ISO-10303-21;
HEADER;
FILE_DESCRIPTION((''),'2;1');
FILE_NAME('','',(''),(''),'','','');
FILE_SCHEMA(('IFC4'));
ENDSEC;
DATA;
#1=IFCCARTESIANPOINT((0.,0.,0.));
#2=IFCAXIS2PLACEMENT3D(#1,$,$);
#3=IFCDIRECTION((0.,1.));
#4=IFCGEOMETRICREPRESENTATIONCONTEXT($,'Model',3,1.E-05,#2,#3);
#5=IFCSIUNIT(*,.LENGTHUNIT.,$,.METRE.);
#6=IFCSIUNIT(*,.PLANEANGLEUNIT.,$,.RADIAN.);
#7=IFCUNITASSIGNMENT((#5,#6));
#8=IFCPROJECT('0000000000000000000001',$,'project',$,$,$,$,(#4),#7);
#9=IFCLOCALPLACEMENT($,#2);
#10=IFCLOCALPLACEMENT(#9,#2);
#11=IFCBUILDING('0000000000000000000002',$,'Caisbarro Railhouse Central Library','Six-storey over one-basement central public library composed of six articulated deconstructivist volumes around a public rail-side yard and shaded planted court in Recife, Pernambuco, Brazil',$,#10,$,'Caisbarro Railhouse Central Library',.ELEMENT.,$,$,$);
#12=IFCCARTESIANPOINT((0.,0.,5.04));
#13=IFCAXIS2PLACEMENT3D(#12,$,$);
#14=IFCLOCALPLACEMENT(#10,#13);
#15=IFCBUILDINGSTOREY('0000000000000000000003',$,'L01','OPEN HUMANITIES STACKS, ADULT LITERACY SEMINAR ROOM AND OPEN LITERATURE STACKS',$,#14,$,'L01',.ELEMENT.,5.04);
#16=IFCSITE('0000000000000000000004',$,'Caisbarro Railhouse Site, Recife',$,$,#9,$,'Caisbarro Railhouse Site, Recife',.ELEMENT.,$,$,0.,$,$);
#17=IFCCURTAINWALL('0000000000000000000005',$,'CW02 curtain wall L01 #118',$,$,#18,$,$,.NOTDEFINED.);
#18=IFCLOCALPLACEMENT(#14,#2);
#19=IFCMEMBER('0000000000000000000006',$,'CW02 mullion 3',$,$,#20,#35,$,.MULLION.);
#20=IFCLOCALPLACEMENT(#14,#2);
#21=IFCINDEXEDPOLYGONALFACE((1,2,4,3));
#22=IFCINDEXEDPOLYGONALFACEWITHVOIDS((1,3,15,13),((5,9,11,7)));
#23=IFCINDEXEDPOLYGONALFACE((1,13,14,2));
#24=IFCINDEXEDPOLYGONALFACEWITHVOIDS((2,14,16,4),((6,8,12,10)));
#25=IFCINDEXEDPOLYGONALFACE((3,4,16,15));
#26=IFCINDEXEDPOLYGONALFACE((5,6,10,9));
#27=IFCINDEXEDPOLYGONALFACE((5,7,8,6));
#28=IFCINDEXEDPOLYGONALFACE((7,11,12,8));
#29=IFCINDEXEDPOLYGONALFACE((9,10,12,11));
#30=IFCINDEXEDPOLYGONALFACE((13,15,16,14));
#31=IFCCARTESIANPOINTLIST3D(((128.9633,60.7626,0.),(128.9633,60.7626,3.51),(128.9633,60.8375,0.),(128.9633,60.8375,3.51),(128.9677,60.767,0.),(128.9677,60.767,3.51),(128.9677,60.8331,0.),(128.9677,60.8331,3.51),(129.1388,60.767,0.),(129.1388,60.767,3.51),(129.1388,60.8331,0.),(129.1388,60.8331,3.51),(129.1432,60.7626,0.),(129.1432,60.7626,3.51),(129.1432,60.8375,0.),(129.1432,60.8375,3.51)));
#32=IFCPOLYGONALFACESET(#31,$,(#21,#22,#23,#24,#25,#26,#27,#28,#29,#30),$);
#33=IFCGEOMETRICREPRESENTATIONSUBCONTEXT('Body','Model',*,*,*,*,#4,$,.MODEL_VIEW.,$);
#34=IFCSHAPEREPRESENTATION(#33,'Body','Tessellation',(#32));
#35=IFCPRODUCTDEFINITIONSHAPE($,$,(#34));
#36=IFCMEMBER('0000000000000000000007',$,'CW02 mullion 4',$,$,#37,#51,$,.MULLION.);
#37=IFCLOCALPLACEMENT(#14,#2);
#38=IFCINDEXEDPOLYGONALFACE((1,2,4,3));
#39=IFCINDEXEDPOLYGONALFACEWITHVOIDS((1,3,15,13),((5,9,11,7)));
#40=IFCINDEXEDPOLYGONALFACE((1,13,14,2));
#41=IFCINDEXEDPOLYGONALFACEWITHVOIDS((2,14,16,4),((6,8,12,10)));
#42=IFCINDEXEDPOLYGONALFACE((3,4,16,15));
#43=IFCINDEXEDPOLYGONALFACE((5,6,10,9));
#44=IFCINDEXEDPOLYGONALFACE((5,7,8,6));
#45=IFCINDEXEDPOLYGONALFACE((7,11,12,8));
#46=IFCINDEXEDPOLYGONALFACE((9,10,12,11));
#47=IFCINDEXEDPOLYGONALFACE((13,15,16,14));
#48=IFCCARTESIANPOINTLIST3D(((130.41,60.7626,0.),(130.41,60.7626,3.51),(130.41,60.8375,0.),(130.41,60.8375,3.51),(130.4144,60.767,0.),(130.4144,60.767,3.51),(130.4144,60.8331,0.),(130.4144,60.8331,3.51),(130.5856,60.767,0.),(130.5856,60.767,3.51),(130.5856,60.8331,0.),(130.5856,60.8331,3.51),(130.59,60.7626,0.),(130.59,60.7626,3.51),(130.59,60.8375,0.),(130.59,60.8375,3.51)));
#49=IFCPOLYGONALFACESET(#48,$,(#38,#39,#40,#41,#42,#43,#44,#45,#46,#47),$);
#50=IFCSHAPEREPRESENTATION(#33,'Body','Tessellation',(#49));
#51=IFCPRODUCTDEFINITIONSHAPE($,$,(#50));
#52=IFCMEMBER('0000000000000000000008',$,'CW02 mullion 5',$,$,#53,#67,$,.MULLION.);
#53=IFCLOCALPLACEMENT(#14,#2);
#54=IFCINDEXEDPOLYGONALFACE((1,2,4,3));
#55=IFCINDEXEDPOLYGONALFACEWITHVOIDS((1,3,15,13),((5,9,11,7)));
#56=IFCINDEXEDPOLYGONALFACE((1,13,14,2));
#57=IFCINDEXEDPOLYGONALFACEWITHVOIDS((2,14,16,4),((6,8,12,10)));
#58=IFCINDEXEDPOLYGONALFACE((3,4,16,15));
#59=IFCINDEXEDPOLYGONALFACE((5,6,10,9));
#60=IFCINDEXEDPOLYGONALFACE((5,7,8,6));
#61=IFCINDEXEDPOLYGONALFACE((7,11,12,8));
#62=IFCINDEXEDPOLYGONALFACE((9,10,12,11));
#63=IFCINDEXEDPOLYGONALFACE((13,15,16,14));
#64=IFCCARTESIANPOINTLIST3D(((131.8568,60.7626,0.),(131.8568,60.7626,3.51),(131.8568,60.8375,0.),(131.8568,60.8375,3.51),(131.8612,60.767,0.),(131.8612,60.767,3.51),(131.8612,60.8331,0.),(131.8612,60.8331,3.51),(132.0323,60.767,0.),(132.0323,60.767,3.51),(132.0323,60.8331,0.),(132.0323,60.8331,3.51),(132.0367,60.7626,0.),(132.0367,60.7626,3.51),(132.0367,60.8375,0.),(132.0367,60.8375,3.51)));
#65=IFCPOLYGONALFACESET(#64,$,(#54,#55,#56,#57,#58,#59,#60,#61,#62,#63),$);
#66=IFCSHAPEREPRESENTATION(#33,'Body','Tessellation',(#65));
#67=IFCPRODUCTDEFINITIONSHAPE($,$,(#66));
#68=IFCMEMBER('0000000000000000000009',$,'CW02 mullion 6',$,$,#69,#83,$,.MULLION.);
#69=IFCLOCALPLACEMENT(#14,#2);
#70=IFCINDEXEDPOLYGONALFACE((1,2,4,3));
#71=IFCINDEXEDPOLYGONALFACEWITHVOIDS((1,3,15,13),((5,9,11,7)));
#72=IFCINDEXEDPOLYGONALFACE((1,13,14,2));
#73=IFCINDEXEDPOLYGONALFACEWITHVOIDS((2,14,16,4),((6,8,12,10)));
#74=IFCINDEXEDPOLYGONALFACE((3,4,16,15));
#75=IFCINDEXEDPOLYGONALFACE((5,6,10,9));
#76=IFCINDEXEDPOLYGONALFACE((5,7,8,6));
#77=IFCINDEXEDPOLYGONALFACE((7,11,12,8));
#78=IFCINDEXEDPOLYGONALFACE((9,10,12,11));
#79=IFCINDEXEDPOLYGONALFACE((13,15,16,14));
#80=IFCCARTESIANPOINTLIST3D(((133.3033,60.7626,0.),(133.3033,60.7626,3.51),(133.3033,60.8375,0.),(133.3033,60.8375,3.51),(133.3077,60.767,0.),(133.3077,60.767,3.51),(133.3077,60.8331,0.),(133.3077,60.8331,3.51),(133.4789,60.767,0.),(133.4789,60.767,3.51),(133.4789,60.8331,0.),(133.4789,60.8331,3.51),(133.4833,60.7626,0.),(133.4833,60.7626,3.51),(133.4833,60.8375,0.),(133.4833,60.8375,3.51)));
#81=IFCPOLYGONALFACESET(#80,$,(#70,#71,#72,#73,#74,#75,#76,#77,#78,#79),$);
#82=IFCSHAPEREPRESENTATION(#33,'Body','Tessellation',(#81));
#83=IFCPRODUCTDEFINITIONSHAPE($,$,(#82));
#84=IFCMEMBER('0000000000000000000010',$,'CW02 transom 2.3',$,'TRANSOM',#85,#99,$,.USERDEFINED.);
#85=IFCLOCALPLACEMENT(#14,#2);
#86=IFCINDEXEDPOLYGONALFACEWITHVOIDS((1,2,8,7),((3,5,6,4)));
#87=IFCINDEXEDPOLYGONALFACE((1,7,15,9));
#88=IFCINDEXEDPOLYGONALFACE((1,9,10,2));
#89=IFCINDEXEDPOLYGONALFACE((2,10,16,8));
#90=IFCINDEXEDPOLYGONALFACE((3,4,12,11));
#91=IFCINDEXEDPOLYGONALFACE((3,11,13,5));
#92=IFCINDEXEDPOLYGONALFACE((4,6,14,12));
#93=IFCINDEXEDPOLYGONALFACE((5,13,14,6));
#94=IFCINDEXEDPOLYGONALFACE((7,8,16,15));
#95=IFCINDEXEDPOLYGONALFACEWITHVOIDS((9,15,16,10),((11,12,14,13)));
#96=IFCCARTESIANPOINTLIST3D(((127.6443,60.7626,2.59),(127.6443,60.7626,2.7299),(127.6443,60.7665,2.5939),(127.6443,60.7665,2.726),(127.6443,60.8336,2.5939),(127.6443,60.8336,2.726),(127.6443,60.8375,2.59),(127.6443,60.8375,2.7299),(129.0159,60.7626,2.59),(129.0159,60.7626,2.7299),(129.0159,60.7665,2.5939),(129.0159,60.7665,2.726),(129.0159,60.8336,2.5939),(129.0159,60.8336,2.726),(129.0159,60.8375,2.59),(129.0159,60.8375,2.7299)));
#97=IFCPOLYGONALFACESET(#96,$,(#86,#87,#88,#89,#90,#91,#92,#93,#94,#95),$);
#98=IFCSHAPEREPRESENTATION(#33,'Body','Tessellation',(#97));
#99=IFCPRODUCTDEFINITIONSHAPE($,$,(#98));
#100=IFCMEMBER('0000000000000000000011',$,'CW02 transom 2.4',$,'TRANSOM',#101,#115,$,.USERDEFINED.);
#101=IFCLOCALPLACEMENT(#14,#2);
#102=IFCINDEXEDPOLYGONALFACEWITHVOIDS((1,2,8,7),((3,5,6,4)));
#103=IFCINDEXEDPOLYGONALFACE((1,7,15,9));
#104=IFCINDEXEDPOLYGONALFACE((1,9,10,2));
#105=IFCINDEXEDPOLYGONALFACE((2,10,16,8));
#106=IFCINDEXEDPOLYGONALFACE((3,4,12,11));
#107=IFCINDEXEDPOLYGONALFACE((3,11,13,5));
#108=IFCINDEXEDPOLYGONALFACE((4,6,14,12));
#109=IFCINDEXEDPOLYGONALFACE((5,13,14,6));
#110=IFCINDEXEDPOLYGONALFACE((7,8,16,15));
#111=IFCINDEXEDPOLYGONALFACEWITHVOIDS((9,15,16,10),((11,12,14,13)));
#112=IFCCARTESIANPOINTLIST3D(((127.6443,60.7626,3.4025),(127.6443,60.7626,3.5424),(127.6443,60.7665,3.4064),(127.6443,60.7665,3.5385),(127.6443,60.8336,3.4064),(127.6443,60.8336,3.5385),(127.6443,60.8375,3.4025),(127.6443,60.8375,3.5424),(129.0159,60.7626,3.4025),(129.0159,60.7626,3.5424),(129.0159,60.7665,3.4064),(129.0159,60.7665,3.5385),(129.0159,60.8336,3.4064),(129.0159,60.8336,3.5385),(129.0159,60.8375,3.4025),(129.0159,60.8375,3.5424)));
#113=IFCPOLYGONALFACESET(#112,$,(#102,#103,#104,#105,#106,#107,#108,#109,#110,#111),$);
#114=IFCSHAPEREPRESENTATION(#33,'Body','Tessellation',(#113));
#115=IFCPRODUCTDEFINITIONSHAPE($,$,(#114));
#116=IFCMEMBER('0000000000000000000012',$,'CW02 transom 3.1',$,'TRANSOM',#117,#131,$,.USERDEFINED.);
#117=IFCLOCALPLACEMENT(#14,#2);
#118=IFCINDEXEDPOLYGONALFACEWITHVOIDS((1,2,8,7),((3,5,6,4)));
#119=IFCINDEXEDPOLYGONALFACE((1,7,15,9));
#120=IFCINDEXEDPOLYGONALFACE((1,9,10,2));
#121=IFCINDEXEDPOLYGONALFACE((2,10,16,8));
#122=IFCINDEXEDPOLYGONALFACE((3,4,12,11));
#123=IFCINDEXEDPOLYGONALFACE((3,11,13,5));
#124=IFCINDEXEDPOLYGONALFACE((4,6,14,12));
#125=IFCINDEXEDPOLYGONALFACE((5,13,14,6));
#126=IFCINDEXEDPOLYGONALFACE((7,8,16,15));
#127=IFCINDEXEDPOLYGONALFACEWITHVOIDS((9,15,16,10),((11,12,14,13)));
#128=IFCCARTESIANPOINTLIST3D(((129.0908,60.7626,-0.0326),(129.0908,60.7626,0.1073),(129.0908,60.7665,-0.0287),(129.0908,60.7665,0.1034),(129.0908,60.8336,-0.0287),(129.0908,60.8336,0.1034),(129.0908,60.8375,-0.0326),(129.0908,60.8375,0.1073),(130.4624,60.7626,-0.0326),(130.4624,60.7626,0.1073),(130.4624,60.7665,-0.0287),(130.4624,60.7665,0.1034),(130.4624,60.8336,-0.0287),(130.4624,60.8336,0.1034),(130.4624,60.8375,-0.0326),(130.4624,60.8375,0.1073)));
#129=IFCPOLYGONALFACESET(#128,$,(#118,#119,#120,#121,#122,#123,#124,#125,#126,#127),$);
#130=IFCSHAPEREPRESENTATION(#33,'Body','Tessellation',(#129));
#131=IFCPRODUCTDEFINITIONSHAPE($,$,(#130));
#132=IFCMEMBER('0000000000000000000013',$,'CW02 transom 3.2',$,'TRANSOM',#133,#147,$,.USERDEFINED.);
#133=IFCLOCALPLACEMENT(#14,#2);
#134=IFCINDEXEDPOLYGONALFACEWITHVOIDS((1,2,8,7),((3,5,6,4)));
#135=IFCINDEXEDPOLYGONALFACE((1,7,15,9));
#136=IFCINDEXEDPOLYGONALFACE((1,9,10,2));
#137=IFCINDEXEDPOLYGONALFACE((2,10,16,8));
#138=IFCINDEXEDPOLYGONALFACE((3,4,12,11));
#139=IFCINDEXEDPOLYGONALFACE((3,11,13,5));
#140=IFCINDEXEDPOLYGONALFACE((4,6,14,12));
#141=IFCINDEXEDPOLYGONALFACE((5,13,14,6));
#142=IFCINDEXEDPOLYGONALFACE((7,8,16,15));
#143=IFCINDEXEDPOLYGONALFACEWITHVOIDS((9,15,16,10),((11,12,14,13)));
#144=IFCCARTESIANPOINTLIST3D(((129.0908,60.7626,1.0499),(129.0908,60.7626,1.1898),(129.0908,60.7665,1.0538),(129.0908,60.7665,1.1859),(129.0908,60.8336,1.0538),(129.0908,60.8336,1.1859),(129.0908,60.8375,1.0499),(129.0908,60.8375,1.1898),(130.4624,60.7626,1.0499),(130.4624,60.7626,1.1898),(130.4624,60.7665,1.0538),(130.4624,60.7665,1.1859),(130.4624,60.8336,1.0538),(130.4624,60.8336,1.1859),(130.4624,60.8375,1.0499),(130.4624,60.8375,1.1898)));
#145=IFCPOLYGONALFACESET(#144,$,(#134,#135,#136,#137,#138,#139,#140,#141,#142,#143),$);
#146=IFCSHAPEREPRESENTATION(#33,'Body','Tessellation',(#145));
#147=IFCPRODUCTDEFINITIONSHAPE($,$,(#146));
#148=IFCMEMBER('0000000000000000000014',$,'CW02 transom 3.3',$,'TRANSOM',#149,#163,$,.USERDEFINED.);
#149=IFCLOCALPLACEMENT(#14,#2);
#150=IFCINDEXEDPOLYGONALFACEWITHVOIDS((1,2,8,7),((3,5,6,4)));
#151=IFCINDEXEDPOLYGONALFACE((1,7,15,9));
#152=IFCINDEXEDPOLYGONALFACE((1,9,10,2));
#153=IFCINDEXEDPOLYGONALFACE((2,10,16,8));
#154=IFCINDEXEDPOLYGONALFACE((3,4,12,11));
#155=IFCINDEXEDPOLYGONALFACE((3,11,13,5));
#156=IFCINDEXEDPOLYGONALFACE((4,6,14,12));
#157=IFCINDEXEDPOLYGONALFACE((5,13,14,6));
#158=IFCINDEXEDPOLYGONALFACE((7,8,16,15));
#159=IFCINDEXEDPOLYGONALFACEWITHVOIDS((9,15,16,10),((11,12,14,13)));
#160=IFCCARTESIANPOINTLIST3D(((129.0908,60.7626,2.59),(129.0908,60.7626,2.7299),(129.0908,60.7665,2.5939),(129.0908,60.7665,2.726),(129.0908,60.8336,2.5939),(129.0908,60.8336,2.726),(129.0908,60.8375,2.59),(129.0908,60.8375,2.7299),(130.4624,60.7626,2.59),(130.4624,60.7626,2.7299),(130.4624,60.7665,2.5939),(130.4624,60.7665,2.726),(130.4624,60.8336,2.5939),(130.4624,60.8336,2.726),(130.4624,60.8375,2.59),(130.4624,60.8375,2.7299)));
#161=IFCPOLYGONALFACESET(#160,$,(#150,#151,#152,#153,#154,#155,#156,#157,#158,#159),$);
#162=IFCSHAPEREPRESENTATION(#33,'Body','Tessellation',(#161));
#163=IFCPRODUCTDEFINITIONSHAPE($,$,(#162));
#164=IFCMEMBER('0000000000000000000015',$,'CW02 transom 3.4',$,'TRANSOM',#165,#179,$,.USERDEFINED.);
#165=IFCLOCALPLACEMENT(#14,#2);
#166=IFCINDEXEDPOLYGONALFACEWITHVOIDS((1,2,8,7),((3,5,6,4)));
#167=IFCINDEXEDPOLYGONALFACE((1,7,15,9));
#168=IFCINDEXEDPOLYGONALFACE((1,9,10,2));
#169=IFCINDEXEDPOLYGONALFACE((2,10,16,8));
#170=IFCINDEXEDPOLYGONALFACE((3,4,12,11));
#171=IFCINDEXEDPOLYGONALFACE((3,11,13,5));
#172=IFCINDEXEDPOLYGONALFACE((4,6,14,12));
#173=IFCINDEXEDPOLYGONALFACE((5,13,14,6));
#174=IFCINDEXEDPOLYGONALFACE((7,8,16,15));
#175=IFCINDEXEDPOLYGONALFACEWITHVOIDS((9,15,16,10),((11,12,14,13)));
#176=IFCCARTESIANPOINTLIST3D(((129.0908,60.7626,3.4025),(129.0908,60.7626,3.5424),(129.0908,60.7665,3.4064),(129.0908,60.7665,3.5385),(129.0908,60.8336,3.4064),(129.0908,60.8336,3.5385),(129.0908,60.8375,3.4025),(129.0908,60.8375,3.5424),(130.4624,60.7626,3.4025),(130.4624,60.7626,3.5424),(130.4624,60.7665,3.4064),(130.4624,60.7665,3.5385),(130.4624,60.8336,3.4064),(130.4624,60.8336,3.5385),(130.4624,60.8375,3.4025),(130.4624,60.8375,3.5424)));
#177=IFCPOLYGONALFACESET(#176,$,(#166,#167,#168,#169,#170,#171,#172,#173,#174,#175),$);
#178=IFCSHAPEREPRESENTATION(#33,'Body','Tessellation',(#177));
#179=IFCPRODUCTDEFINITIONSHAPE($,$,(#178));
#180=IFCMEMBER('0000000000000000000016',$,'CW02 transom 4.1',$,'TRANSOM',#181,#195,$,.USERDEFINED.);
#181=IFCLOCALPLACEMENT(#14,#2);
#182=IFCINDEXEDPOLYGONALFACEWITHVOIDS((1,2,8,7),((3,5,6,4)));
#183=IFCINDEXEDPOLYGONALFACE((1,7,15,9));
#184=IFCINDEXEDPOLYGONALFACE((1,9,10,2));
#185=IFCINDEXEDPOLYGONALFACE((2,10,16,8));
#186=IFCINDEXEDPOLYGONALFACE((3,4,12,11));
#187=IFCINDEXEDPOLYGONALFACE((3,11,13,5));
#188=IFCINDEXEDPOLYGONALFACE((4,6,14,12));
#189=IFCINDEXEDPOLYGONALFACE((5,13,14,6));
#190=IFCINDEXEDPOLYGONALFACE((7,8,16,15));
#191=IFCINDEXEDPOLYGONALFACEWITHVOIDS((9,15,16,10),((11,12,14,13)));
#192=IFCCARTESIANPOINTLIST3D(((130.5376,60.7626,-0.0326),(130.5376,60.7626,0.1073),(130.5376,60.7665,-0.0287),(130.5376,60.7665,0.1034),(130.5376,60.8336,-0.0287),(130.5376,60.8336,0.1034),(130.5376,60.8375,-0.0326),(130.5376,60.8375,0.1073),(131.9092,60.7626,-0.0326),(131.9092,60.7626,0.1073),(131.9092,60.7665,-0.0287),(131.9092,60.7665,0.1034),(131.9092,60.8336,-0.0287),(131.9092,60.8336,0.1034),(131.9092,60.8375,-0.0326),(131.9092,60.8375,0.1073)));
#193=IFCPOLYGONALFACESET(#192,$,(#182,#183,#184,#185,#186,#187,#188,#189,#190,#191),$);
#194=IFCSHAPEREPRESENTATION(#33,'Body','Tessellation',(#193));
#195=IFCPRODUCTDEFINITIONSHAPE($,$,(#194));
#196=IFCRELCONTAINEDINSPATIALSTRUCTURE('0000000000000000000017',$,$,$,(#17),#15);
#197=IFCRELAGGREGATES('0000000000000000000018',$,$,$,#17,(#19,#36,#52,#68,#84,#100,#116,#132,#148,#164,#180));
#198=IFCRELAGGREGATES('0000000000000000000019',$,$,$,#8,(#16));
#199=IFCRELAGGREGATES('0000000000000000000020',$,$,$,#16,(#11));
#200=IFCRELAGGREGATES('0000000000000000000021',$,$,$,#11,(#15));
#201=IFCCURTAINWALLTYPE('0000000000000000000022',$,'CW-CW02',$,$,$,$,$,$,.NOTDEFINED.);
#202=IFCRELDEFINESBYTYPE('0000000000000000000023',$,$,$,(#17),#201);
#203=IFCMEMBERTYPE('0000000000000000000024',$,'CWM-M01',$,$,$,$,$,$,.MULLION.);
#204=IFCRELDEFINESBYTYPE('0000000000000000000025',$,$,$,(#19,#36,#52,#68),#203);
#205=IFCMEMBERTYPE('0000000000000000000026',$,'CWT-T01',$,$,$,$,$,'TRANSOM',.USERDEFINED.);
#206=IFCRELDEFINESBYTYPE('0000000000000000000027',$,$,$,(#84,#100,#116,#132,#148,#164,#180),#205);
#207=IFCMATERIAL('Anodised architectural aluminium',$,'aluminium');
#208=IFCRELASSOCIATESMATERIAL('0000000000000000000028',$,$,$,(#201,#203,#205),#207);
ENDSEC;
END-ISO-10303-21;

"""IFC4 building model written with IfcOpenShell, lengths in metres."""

from ifc_helpers import new_model, si_unit, direction, frame, origin, origin_2d, place, context, subcontext, project, spatial, hollow_rectangle, extrude, material, material_profile, profile_set, type_object, element, aggregate, save


model = new_model("IFC4")

# Units and contexts
model_context = context("Model", 3, precision=1e-05, world=origin(), true_north=direction((0.0, 1.0)))
body_context = subcontext(model_context, "Body", "Model", "MODEL_VIEW")
ifc_project = project(units=[si_unit("LENGTHUNIT", "METRE"), si_unit("PLANEANGLEUNIT", "RADIAN")], contexts=[model_context])

# Site, building, storey
site_placement = place(None, origin())
site = spatial("IfcSite", under=ifc_project, at=site_placement, Name="Caisbarro Railhouse Site, Recife", LongName="Caisbarro Railhouse Site, Recife", CompositionType="ELEMENT", RefElevation=0.0)
building_placement = place(site_placement, origin())
building = spatial("IfcBuilding", under=site, at=building_placement, Name="Caisbarro Railhouse Central Library", Description="Six-storey over one-basement central public library composed of six articulated deconstructivist volumes around a public rail-side yard and shaded planted court in Recife, Pernambuco, Brazil", LongName="Caisbarro Railhouse Central Library", CompositionType="ELEMENT")
storey_placement = place(building_placement, frame((0.0, 0.0, 5.04)))
storey = spatial("IfcBuildingStorey", under=building, at=storey_placement, Name="L01", Description="OPEN HUMANITIES STACKS, ADULT LITERACY SEMINAR ROOM AND OPEN LITERATURE STACKS", LongName="L01", CompositionType="ELEMENT", Elevation=5.04)

# Curtain wall, members
ifc_material_1 = material(Name="Anodised architectural aluminium", Category="aluminium")
curtain_wall_type = type_object("IfcCurtainWallType", Name="CW-CW02", PredefinedType="NOTDEFINED", material=ifc_material_1)
curtain_wall_placement = place(storey_placement, origin())
curtain_wall = element("IfcCurtainWall", 1, at=curtain_wall_placement, inside=storey, type_object=curtain_wall_type, Name="CW02 curtain wall L01 #118", PredefinedType="NOTDEFINED")
ifc_material_profile_1 = material_profile(ifc_material_1, hollow_rectangle(XDim=0.075, YDim=0.1799, WallThickness=0.0044, at=origin_2d()), Name="ALU-MUL-75X180")
ifc_profile_set_1 = profile_set([ifc_material_profile_1], Name="Anodised architectural aluminium")
member_type_1 = type_object("IfcMemberType", Name="CWM-M01", PredefinedType="MULLION", material=ifc_profile_set_1)
member_1_placement = place(storey_placement, frame((129.0532, 60.8, 0.0), z_axis=(0.0, 0.0, 1.0), x_axis=(0.0, 1.0, 0.0)))
member_1 = element("IfcMember", 2, at=member_1_placement, type_object=member_type_1, Name="CW02 mullion 3", PredefinedType="MULLION", context=body_context, shape_type="SweptSolid", body=[
    extrude(hollow_rectangle(XDim=0.075, YDim=0.1799, WallThickness=0.0044, at=origin_2d()), origin(), (0.0, 0.0, 1.0), 3.51),
])
member_2_placement = place(storey_placement, frame((130.5, 60.8, 0.0), z_axis=(0.0, 0.0, 1.0), x_axis=(0.0, 1.0, 0.0)))
member_2 = element("IfcMember", 3, at=member_2_placement, type_object=member_type_1, Name="CW02 mullion 4", PredefinedType="MULLION", context=body_context, shape_type="SweptSolid", body=[
    extrude(hollow_rectangle(XDim=0.075, YDim=0.1799, WallThickness=0.0044, at=origin_2d()), origin(), (0.0, 0.0, 1.0), 3.51),
])
member_3_placement = place(storey_placement, frame((131.9468, 60.8, 0.0), z_axis=(0.0, 0.0, 1.0), x_axis=(0.0, 1.0, 0.0)))
member_3 = element("IfcMember", 4, at=member_3_placement, type_object=member_type_1, Name="CW02 mullion 5", PredefinedType="MULLION", context=body_context, shape_type="SweptSolid", body=[
    extrude(hollow_rectangle(XDim=0.075, YDim=0.1799, WallThickness=0.0044, at=origin_2d()), origin(), (0.0, 0.0, 1.0), 3.51),
])
member_4_placement = place(storey_placement, frame((133.3933, 60.8, 0.0), z_axis=(0.0, 0.0, 1.0), x_axis=(0.0, 1.0, 0.0)))
member_4 = element("IfcMember", 5, at=member_4_placement, type_object=member_type_1, Name="CW02 mullion 6", PredefinedType="MULLION", context=body_context, shape_type="SweptSolid", body=[
    extrude(hollow_rectangle(XDim=0.075, YDim=0.1799, WallThickness=0.0044, at=origin_2d()), origin(), (0.0, 0.0, 1.0), 3.51),
])
ifc_material_profile_2 = material_profile(ifc_material_1, hollow_rectangle(XDim=0.075, YDim=0.1399, WallThickness=0.0039, at=origin_2d()), Name="ALU-TRN-75X140")
ifc_profile_set_2 = profile_set([ifc_material_profile_2], Name="Anodised architectural aluminium")
member_type_2 = type_object("IfcMemberType", Name="CWT-T01", ElementType="TRANSOM", PredefinedType="USERDEFINED", material=ifc_profile_set_2)
member_5_placement = place(storey_placement, frame((127.6443, 60.8, 2.6599), z_axis=(1.0, 0.0, 0.0), x_axis=(0.0, 1.0, 0.0)))
member_5 = element("IfcMember", 6, at=member_5_placement, type_object=member_type_2, Name="CW02 transom 2.3", ObjectType="TRANSOM", PredefinedType="USERDEFINED", context=body_context, shape_type="SweptSolid", body=[
    extrude(hollow_rectangle(XDim=0.075, YDim=0.1399, WallThickness=0.0039, at=origin_2d()), origin(), (0.0, 0.0, 1.0), 1.3716),
])
member_6_placement = place(storey_placement, frame((127.6443, 60.8, 3.4724), z_axis=(1.0, 0.0, 0.0), x_axis=(0.0, 1.0, 0.0)))
member_6 = element("IfcMember", 7, at=member_6_placement, type_object=member_type_2, Name="CW02 transom 2.4", ObjectType="TRANSOM", PredefinedType="USERDEFINED", context=body_context, shape_type="SweptSolid", body=[
    extrude(hollow_rectangle(XDim=0.075, YDim=0.1399, WallThickness=0.0039, at=origin_2d()), origin(), (0.0, 0.0, 1.0), 1.3716),
])
member_7_placement = place(storey_placement, frame((129.0908, 60.8, 0.0374), z_axis=(1.0, 0.0, 0.0), x_axis=(0.0, 1.0, 0.0)))
member_7 = element("IfcMember", 8, at=member_7_placement, type_object=member_type_2, Name="CW02 transom 3.1", ObjectType="TRANSOM", PredefinedType="USERDEFINED", context=body_context, shape_type="SweptSolid", body=[
    extrude(hollow_rectangle(XDim=0.075, YDim=0.1399, WallThickness=0.0039, at=origin_2d()), origin(), (0.0, 0.0, 1.0), 1.3716),
])
member_8_placement = place(storey_placement, frame((129.0908, 60.8, 1.1199), z_axis=(1.0, 0.0, 0.0), x_axis=(0.0, 1.0, 0.0)))
member_8 = element("IfcMember", 9, at=member_8_placement, type_object=member_type_2, Name="CW02 transom 3.2", ObjectType="TRANSOM", PredefinedType="USERDEFINED", context=body_context, shape_type="SweptSolid", body=[
    extrude(hollow_rectangle(XDim=0.075, YDim=0.1399, WallThickness=0.0039, at=origin_2d()), origin(), (0.0, 0.0, 1.0), 1.3716),
])
member_9_placement = place(storey_placement, frame((129.0908, 60.8, 2.6599), z_axis=(1.0, 0.0, 0.0), x_axis=(0.0, 1.0, 0.0)))
member_9 = element("IfcMember", 10, at=member_9_placement, type_object=member_type_2, Name="CW02 transom 3.3", ObjectType="TRANSOM", PredefinedType="USERDEFINED", context=body_context, shape_type="SweptSolid", body=[
    extrude(hollow_rectangle(XDim=0.075, YDim=0.1399, WallThickness=0.0039, at=origin_2d()), origin(), (0.0, 0.0, 1.0), 1.3716),
])
member_10_placement = place(storey_placement, frame((129.0908, 60.8, 3.4724), z_axis=(1.0, 0.0, 0.0), x_axis=(0.0, 1.0, 0.0)))
member_10 = element("IfcMember", 11, at=member_10_placement, type_object=member_type_2, Name="CW02 transom 3.4", ObjectType="TRANSOM", PredefinedType="USERDEFINED", context=body_context, shape_type="SweptSolid", body=[
    extrude(hollow_rectangle(XDim=0.075, YDim=0.1399, WallThickness=0.0039, at=origin_2d()), origin(), (0.0, 0.0, 1.0), 1.3716),
])
member_11_placement = place(storey_placement, frame((130.5376, 60.8, 0.0374), z_axis=(1.0, 0.0, 0.0), x_axis=(0.0, 1.0, 0.0)))
member_11 = element("IfcMember", 12, at=member_11_placement, type_object=member_type_2, Name="CW02 transom 4.1", ObjectType="TRANSOM", PredefinedType="USERDEFINED", context=body_context, shape_type="SweptSolid", body=[
    extrude(hollow_rectangle(XDim=0.075, YDim=0.1399, WallThickness=0.0039, at=origin_2d()), origin(), (0.0, 0.0, 1.0), 1.3716),
])
aggregate(curtain_wall, [member_1, member_2, member_3, member_4, member_5, member_6, member_7, member_8, member_9, member_10, member_11])

save(model, "model.ifc")
